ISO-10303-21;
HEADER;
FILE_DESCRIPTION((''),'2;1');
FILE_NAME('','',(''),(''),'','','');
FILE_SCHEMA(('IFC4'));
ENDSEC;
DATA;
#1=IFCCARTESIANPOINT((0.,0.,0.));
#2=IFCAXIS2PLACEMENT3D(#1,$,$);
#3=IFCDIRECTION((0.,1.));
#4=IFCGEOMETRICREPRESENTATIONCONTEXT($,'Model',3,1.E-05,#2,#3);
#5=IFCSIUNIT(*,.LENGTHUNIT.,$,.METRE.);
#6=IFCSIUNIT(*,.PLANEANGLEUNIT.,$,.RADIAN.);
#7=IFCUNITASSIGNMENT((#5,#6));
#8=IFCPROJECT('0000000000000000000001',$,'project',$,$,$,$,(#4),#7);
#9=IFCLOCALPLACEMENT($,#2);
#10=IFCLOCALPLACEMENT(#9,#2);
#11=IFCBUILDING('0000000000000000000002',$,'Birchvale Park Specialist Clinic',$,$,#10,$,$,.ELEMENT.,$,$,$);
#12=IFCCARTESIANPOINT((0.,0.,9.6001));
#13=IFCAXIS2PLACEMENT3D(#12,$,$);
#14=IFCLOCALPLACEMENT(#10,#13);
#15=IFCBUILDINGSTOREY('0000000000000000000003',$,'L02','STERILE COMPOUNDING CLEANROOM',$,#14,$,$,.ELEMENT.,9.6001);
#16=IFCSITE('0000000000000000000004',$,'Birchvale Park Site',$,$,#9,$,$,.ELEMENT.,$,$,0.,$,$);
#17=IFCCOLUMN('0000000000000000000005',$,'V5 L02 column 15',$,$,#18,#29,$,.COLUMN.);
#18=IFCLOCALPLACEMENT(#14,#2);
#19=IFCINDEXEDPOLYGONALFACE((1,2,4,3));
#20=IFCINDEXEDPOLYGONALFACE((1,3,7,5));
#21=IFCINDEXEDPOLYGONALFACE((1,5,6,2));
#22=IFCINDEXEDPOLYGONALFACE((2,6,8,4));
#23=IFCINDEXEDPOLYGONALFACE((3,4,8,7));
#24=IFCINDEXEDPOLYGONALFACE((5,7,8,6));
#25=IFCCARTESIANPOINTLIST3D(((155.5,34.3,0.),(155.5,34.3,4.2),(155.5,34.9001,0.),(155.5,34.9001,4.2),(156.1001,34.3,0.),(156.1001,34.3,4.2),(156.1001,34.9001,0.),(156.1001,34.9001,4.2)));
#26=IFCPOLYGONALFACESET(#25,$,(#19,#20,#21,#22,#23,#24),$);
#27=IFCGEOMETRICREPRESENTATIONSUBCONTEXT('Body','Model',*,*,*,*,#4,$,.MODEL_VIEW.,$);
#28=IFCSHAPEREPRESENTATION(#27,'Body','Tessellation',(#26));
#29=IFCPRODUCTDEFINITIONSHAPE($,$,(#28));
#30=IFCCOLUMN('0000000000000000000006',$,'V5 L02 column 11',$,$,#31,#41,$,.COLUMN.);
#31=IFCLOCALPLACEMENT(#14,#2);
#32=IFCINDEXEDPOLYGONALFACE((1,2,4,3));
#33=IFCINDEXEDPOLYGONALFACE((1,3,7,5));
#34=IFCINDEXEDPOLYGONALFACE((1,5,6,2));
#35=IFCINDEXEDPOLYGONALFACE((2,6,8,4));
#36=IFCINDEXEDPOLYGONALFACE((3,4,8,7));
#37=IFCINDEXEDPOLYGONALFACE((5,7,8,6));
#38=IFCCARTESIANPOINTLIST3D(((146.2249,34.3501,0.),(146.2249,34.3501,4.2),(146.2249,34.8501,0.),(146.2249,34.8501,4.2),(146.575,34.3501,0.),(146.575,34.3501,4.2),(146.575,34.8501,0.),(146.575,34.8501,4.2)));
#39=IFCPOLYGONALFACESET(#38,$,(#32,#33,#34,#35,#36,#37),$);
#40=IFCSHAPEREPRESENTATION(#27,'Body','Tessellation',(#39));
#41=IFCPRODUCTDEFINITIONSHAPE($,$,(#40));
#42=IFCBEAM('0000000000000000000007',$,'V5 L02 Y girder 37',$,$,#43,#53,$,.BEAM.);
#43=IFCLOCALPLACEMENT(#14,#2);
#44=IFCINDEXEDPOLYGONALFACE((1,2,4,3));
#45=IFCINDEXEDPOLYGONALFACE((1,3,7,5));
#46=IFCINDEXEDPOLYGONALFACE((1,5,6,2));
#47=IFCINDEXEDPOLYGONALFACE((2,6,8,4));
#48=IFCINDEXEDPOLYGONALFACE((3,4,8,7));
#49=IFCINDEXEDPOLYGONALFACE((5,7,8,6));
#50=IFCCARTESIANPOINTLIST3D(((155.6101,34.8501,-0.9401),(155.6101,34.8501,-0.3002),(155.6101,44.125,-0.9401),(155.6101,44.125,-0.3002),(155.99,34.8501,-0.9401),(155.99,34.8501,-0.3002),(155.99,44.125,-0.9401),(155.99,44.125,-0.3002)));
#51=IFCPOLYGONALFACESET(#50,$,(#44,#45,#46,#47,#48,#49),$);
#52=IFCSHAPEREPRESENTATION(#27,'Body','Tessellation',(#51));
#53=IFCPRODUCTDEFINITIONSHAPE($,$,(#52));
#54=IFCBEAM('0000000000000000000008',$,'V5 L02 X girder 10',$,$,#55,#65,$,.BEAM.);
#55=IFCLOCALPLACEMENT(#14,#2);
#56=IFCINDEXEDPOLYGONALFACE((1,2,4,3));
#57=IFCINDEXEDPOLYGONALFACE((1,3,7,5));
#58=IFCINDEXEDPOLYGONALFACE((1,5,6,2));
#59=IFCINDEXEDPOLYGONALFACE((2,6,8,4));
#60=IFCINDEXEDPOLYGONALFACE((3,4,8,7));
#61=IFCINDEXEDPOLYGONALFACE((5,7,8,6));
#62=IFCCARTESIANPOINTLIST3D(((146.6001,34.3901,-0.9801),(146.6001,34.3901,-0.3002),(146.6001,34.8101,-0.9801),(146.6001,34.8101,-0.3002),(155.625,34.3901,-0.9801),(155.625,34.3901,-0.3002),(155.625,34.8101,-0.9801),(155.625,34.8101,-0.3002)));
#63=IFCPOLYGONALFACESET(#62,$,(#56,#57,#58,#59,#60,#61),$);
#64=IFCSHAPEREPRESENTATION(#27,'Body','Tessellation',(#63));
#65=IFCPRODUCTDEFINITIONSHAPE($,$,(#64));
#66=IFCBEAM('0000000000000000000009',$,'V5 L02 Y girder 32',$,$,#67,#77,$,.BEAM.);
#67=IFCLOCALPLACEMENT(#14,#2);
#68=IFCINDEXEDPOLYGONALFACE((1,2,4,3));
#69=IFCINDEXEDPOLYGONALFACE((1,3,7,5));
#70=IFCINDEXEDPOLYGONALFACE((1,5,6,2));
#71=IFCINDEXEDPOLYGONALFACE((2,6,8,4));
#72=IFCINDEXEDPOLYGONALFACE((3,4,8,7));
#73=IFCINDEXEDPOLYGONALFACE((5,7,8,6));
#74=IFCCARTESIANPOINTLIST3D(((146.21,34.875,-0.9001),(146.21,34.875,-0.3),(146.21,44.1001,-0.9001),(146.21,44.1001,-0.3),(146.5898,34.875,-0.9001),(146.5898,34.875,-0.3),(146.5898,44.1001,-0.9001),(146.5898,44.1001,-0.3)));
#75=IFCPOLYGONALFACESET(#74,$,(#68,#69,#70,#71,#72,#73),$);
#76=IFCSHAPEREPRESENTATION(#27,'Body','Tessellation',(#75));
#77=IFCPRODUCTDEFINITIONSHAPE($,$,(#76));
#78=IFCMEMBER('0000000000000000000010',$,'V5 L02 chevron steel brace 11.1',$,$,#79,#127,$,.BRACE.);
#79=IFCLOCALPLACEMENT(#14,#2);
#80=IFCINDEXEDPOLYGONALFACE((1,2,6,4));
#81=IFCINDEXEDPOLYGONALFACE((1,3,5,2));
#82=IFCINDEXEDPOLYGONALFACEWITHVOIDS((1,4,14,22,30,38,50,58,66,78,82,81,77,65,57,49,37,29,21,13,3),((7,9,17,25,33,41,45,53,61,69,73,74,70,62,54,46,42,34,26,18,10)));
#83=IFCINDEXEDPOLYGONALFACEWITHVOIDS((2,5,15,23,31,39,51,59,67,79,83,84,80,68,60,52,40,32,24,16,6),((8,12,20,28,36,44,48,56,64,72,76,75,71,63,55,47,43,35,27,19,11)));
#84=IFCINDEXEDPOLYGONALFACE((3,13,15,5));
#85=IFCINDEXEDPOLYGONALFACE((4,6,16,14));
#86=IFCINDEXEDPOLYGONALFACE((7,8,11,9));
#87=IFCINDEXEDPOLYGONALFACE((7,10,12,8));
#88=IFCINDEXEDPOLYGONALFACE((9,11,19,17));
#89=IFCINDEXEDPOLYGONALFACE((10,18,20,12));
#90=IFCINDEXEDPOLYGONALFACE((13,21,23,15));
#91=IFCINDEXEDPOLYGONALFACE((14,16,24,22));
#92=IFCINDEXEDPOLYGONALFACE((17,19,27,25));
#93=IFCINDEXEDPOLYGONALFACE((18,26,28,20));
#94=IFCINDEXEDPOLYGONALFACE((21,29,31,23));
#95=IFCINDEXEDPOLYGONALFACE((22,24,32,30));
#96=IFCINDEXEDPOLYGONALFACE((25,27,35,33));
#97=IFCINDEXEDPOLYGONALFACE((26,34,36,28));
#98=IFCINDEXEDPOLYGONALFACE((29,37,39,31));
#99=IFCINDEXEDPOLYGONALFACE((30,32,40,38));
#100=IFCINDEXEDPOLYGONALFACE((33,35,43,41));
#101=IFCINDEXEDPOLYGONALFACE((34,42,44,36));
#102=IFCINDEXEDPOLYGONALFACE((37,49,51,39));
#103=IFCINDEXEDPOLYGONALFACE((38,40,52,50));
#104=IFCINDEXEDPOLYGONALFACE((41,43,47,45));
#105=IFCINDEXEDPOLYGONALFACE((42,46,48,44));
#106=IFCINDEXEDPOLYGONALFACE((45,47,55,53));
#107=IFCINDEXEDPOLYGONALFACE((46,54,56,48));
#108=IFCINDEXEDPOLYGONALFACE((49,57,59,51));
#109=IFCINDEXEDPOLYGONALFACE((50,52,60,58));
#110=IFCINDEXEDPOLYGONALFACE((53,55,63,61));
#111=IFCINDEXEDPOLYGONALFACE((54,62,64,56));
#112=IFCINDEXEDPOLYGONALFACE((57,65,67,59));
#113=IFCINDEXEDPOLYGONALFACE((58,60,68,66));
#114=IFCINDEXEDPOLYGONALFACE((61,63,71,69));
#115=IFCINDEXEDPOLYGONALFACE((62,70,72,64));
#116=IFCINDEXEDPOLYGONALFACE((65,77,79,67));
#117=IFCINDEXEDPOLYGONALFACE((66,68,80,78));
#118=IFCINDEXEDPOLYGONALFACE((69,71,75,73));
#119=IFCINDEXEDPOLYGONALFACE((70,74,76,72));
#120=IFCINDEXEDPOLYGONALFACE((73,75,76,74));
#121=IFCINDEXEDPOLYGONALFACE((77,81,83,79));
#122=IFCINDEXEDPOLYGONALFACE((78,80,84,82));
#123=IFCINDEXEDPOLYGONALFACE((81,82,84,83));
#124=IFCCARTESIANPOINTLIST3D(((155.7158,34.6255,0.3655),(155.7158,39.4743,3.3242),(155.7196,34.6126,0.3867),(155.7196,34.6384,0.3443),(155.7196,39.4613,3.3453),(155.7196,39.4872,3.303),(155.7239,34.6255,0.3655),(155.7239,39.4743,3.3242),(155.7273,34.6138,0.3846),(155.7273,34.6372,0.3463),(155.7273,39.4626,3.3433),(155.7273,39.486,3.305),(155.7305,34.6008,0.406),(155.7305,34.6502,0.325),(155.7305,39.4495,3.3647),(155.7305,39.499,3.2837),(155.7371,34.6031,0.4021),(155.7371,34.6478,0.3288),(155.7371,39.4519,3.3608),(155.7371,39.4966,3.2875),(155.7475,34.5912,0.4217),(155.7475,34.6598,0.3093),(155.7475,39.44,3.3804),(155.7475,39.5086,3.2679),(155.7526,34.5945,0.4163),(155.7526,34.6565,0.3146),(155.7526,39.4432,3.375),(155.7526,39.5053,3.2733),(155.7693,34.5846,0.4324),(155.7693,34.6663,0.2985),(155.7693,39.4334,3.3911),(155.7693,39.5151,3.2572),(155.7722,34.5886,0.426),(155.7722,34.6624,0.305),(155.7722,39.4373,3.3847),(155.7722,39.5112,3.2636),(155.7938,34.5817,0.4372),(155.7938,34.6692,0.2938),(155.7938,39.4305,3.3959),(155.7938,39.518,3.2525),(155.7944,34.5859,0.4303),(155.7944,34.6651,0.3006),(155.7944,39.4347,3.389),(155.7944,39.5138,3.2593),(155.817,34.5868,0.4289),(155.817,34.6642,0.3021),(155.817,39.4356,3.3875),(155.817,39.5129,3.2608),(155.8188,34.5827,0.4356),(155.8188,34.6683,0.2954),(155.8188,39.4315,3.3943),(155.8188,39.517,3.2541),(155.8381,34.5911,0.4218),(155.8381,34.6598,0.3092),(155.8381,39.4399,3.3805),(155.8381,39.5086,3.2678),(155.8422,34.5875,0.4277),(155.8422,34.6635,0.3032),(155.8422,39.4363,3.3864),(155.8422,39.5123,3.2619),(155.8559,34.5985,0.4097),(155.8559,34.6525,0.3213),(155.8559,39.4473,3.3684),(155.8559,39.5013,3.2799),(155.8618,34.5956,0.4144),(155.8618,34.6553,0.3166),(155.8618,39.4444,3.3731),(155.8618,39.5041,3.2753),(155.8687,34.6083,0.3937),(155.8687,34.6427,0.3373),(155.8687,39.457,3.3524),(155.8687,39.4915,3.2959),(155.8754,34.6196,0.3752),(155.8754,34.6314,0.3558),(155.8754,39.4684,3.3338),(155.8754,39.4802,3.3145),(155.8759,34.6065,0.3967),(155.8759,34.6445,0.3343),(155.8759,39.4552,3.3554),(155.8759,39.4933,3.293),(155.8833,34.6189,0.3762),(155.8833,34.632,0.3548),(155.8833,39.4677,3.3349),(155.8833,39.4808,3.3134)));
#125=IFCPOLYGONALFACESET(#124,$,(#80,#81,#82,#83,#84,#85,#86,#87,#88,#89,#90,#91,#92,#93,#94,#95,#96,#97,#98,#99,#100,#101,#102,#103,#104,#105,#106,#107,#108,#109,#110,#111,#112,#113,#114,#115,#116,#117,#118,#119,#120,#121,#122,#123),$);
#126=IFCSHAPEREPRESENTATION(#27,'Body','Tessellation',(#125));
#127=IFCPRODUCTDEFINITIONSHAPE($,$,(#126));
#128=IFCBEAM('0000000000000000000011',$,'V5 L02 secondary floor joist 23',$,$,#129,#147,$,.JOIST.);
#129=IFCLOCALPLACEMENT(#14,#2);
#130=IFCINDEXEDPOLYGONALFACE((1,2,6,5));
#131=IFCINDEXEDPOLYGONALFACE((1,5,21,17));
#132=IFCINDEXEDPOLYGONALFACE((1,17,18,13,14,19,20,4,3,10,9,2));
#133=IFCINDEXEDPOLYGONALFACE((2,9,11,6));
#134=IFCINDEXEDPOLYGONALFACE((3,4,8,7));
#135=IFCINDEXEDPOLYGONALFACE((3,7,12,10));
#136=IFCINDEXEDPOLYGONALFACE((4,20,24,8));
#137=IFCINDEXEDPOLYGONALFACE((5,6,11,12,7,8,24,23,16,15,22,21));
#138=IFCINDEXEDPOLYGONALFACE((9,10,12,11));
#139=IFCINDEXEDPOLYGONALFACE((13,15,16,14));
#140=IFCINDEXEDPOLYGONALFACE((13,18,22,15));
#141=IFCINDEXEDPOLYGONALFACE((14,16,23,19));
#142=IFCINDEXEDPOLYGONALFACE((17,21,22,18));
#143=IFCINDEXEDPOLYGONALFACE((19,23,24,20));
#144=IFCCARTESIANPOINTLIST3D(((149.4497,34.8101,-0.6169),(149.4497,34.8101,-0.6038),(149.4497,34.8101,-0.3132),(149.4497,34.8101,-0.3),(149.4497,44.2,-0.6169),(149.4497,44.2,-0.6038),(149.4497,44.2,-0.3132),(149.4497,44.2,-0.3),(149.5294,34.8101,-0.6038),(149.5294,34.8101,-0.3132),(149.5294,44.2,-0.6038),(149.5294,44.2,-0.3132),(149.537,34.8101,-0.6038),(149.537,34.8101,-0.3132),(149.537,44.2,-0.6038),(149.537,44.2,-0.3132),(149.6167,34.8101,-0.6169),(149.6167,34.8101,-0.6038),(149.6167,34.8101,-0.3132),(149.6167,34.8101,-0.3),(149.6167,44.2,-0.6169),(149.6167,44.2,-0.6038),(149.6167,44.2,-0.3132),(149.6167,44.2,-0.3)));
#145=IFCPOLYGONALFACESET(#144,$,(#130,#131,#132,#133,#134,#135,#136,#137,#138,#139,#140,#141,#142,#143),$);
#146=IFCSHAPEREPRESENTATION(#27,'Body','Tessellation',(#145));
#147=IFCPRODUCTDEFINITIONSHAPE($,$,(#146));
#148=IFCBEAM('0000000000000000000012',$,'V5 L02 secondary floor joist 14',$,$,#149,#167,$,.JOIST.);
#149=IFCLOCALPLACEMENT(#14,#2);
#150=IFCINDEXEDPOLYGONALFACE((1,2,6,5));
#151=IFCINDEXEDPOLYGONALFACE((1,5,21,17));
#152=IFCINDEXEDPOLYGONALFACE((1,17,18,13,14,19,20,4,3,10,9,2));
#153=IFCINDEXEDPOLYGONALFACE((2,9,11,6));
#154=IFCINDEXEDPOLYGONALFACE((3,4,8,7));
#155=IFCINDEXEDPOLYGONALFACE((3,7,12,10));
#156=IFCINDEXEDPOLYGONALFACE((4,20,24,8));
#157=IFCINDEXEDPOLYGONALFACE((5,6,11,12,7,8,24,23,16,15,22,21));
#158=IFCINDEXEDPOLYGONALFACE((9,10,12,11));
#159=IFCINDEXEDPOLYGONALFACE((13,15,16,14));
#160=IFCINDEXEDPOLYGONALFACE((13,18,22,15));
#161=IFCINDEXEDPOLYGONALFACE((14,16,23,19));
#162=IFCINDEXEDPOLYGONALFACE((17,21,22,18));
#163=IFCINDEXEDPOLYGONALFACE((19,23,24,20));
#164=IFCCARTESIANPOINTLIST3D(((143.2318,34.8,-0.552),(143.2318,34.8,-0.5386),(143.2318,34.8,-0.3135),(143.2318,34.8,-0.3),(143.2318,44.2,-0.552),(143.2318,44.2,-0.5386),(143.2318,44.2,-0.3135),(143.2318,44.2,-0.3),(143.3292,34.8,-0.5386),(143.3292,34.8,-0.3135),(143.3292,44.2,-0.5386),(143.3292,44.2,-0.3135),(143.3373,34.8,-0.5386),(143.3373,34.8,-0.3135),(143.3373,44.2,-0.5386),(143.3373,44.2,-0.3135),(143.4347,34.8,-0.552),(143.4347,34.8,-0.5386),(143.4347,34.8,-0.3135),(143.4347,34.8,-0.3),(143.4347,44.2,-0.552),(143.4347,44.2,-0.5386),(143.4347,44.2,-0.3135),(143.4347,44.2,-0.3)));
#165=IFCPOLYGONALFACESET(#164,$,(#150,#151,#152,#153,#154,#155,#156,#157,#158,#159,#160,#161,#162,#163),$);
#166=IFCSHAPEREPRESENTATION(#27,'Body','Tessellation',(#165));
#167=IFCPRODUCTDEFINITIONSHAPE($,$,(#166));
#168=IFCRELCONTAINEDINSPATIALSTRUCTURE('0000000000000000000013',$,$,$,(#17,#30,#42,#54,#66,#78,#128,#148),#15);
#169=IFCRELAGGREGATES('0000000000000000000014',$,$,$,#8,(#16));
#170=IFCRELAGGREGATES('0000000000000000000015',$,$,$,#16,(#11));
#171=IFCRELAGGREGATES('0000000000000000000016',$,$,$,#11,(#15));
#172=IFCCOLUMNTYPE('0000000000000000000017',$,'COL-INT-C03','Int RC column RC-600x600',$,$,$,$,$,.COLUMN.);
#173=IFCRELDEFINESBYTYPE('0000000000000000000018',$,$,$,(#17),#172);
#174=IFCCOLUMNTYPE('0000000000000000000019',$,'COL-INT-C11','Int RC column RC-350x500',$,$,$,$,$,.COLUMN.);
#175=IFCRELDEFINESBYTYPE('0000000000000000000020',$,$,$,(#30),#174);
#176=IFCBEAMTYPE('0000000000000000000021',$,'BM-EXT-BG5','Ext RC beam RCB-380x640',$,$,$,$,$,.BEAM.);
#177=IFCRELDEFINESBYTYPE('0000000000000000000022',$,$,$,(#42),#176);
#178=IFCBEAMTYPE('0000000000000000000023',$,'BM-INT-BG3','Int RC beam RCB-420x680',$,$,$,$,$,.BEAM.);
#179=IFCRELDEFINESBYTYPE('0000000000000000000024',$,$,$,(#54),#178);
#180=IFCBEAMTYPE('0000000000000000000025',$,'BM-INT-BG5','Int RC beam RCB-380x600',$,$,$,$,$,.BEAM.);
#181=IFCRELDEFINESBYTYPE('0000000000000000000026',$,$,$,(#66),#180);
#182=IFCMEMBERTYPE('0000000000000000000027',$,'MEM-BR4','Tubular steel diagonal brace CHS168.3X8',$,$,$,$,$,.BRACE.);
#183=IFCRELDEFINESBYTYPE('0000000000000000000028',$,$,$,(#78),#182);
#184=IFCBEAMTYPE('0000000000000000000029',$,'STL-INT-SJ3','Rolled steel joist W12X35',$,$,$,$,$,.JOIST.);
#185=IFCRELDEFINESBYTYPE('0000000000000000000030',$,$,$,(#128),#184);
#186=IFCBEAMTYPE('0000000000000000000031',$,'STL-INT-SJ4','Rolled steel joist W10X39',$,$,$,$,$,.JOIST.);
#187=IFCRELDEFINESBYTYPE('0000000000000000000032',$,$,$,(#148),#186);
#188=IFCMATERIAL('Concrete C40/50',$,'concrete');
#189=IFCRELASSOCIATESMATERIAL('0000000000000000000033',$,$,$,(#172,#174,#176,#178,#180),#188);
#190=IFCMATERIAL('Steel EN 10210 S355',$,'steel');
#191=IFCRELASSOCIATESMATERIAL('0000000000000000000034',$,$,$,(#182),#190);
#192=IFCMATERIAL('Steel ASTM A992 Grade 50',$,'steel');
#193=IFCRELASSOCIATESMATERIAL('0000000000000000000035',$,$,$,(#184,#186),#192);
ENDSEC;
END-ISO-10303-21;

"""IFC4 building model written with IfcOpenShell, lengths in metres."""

from ifc_helpers import new_model, si_unit, direction, frame, origin, origin_2d, place, context, subcontext, project, spatial, rectangle, hollow_circle, i_section, extrude, material, material_profile, profile_set, type_object, element, save


model = new_model("IFC4")

# Units and contexts
model_context = context("Model", 3, precision=1e-05, world=origin(), true_north=direction((0.0, 1.0)))
body_context = subcontext(model_context, "Body", "Model", "MODEL_VIEW")
ifc_project = project(units=[si_unit("LENGTHUNIT", "METRE"), si_unit("PLANEANGLEUNIT", "RADIAN")], contexts=[model_context])

# Site, building, storey
site_placement = place(None, origin())
site = spatial("IfcSite", under=ifc_project, at=site_placement, Name="Birchvale Park Site", CompositionType="ELEMENT", RefElevation=0.0)
building_placement = place(site_placement, origin())
building = spatial("IfcBuilding", under=site, at=building_placement, Name="Birchvale Park Specialist Clinic", CompositionType="ELEMENT")
storey_placement = place(building_placement, frame((0.0, 0.0, 9.6001)))
storey = spatial("IfcBuildingStorey", under=building, at=storey_placement, Name="L02", Description="STERILE COMPOUNDING CLEANROOM", CompositionType="ELEMENT", Elevation=9.6001)

# Columns
ifc_material_1 = material(Name="Concrete C40/50", Category="concrete")
ifc_material_profile_1 = material_profile(ifc_material_1, rectangle(XDim=0.6001, YDim=0.6001, at=origin_2d()), Name="RC-600x600")
ifc_profile_set_1 = profile_set([ifc_material_profile_1], Name="Concrete C40/50")
column_type_1 = type_object("IfcColumnType", Name="COL-INT-C03", Description="Int RC column RC-600x600", PredefinedType="COLUMN", material=ifc_profile_set_1)
column_1_placement = place(storey_placement, frame((155.8, 34.6001, 0.0), z_axis=(0.0, 0.0, 1.0), x_axis=(1.0, 0.0, 0.0)))
element("IfcColumn", 1, at=column_1_placement, inside=storey, type_object=column_type_1, Name="V5 L02 column 15", PredefinedType="COLUMN", context=body_context, shape_type="SweptSolid", body=[
    extrude(rectangle(XDim=0.6001, YDim=0.6001, at=origin_2d()), origin(), (0.0, 0.0, 1.0), 4.2),
])
ifc_material_profile_2 = material_profile(ifc_material_1, rectangle(XDim=0.3501, YDim=0.5, at=origin_2d()), Name="RC-350x500")
ifc_profile_set_2 = profile_set([ifc_material_profile_2], Name="Concrete C40/50")
column_type_2 = type_object("IfcColumnType", Name="COL-INT-C11", Description="Int RC column RC-350x500", PredefinedType="COLUMN", material=ifc_profile_set_2)
column_2_placement = place(storey_placement, frame((146.3999, 34.6001, 0.0), z_axis=(0.0, 0.0, 1.0), x_axis=(1.0, 0.0, 0.0)))
element("IfcColumn", 2, at=column_2_placement, inside=storey, type_object=column_type_2, Name="V5 L02 column 11", PredefinedType="COLUMN", context=body_context, shape_type="SweptSolid", body=[
    extrude(rectangle(XDim=0.3501, YDim=0.5, at=origin_2d()), origin(), (0.0, 0.0, 1.0), 4.2),
])

# Beams
ifc_material_profile_3 = material_profile(ifc_material_1, rectangle(XDim=0.3799, YDim=0.6399, at=origin_2d()), Name="RCB-380x640")
ifc_profile_set_3 = profile_set([ifc_material_profile_3], Name="Concrete C40/50")
beam_type_1 = type_object("IfcBeamType", Name="BM-EXT-BG5", Description="Ext RC beam RCB-380x640", PredefinedType="BEAM", material=ifc_profile_set_3)
beam_1_placement = place(storey_placement, frame((155.8, 34.8501, -0.6201), z_axis=(0.0, 1.0, 0.0), x_axis=(-1.0, 0.0, 0.0)))
element("IfcBeam", 3, at=beam_1_placement, inside=storey, type_object=beam_type_1, Name="V5 L02 Y girder 37", PredefinedType="BEAM", context=body_context, shape_type="SweptSolid", body=[
    extrude(rectangle(XDim=0.3799, YDim=0.6399, at=origin_2d()), origin(), (0.0, 0.0, 1.0), 9.2749),
])
ifc_material_profile_4 = material_profile(ifc_material_1, rectangle(XDim=0.4199, YDim=0.6799, at=origin_2d()), Name="RCB-420x680")
ifc_profile_set_4 = profile_set([ifc_material_profile_4], Name="Concrete C40/50")
beam_type_2 = type_object("IfcBeamType", Name="BM-INT-BG3", Description="Int RC beam RCB-420x680", PredefinedType="BEAM", material=ifc_profile_set_4)
beam_2_placement = place(storey_placement, frame((146.6001, 34.6001, -0.6401), z_axis=(1.0, 0.0, 0.0), x_axis=(0.0, 1.0, 0.0)))
element("IfcBeam", 4, at=beam_2_placement, inside=storey, type_object=beam_type_2, Name="V5 L02 X girder 10", PredefinedType="BEAM", context=body_context, shape_type="SweptSolid", body=[
    extrude(rectangle(XDim=0.4199, YDim=0.6799, at=origin_2d()), origin(), (0.0, 0.0, 1.0), 9.0249),
])
ifc_material_profile_5 = material_profile(ifc_material_1, rectangle(XDim=0.3799, YDim=0.6001, at=origin_2d()), Name="RCB-380x600")
ifc_profile_set_5 = profile_set([ifc_material_profile_5], Name="Concrete C40/50")
beam_type_3 = type_object("IfcBeamType", Name="BM-INT-BG5", Description="Int RC beam RCB-380x600", PredefinedType="BEAM", material=ifc_profile_set_5)
beam_3_placement = place(storey_placement, frame((146.3999, 34.875, -0.6001), z_axis=(0.0, 1.0, 0.0), x_axis=(-1.0, 0.0, 0.0)))
element("IfcBeam", 5, at=beam_3_placement, inside=storey, type_object=beam_type_3, Name="V5 L02 Y girder 32", PredefinedType="BEAM", context=body_context, shape_type="SweptSolid", body=[
    extrude(rectangle(XDim=0.3799, YDim=0.6001, at=origin_2d()), origin(), (0.0, 0.0, 1.0), 9.2251),
])

# Member
ifc_material_2 = material(Name="Steel EN 10210 S355", Category="steel")
ifc_material_profile_6 = material_profile(ifc_material_2, hollow_circle(Radius=0.0842, WallThickness=0.0081, at=origin_2d()), Name="CHS168.3X8")
ifc_profile_set_6 = profile_set([ifc_material_profile_6], Name="Steel EN 10210 S355")
member_type = type_object("IfcMemberType", Name="MEM-BR4", Description="Tubular steel diagonal brace CHS168.3X8", PredefinedType="BRACE", material=ifc_profile_set_6)
member_placement = place(storey_placement, frame((155.8, 34.6255, 0.3655), z_axis=(0.0, 0.853631, 0.520878), x_axis=(-1.0, 0.0, 0.0)))
element("IfcMember", 6, at=member_placement, inside=storey, type_object=member_type, Name="V5 L02 chevron steel brace 11.1", PredefinedType="BRACE", context=body_context, shape_type="SweptSolid", body=[
    extrude(hollow_circle(Radius=0.0842, WallThickness=0.0081, at=origin_2d()), origin(), (0.0, 0.0, 1.0), 5.6802),
])

# Beams
ifc_material_3 = material(Name="Steel ASTM A992 Grade 50", Category="steel")
ifc_material_profile_7 = material_profile(ifc_material_3, i_section(OverallWidth=0.167, OverallDepth=0.3169, WebThickness=0.0076, FlangeThickness=0.0132, at=origin_2d()), Name="W12X35")
ifc_profile_set_7 = profile_set([ifc_material_profile_7], Name="Steel ASTM A992 Grade 50")
beam_type_4 = type_object("IfcBeamType", Name="STL-INT-SJ3", Description="Rolled steel joist W12X35", PredefinedType="JOIST", material=ifc_profile_set_7)
beam_4_placement = place(storey_placement, frame((149.5332, 34.8101, -0.4585), z_axis=(0.0, 1.0, 0.0), x_axis=(-1.0, 0.0, 0.0)))
element("IfcBeam", 7, at=beam_4_placement, inside=storey, type_object=beam_type_4, Name="V5 L02 secondary floor joist 23", PredefinedType="JOIST", context=body_context, shape_type="SweptSolid", body=[
    extrude(i_section(OverallWidth=0.167, OverallDepth=0.3169, WebThickness=0.0076, FlangeThickness=0.0132, at=origin_2d()), origin(), (0.0, 0.0, 1.0), 9.3899),
])
ifc_material_profile_8 = material_profile(ifc_material_3, i_section(OverallWidth=0.2029, OverallDepth=0.252, WebThickness=0.0081, FlangeThickness=0.0134, at=origin_2d()), Name="W10X39")
ifc_profile_set_8 = profile_set([ifc_material_profile_8], Name="Steel ASTM A992 Grade 50")
beam_type_5 = type_object("IfcBeamType", Name="STL-INT-SJ4", Description="Rolled steel joist W10X39", PredefinedType="JOIST", material=ifc_profile_set_8)
beam_5_placement = place(storey_placement, frame((143.3333, 34.8, -0.426), z_axis=(0.0, 1.0, 0.0), x_axis=(-1.0, 0.0, 0.0)))
element("IfcBeam", 8, at=beam_5_placement, inside=storey, type_object=beam_type_5, Name="V5 L02 secondary floor joist 14", PredefinedType="JOIST", context=body_context, shape_type="SweptSolid", body=[
    extrude(i_section(OverallWidth=0.2029, OverallDepth=0.252, WebThickness=0.0081, FlangeThickness=0.0134, at=origin_2d()), origin(), (0.0, 0.0, 1.0), 9.3999),
])

save(model, "model.ifc")
